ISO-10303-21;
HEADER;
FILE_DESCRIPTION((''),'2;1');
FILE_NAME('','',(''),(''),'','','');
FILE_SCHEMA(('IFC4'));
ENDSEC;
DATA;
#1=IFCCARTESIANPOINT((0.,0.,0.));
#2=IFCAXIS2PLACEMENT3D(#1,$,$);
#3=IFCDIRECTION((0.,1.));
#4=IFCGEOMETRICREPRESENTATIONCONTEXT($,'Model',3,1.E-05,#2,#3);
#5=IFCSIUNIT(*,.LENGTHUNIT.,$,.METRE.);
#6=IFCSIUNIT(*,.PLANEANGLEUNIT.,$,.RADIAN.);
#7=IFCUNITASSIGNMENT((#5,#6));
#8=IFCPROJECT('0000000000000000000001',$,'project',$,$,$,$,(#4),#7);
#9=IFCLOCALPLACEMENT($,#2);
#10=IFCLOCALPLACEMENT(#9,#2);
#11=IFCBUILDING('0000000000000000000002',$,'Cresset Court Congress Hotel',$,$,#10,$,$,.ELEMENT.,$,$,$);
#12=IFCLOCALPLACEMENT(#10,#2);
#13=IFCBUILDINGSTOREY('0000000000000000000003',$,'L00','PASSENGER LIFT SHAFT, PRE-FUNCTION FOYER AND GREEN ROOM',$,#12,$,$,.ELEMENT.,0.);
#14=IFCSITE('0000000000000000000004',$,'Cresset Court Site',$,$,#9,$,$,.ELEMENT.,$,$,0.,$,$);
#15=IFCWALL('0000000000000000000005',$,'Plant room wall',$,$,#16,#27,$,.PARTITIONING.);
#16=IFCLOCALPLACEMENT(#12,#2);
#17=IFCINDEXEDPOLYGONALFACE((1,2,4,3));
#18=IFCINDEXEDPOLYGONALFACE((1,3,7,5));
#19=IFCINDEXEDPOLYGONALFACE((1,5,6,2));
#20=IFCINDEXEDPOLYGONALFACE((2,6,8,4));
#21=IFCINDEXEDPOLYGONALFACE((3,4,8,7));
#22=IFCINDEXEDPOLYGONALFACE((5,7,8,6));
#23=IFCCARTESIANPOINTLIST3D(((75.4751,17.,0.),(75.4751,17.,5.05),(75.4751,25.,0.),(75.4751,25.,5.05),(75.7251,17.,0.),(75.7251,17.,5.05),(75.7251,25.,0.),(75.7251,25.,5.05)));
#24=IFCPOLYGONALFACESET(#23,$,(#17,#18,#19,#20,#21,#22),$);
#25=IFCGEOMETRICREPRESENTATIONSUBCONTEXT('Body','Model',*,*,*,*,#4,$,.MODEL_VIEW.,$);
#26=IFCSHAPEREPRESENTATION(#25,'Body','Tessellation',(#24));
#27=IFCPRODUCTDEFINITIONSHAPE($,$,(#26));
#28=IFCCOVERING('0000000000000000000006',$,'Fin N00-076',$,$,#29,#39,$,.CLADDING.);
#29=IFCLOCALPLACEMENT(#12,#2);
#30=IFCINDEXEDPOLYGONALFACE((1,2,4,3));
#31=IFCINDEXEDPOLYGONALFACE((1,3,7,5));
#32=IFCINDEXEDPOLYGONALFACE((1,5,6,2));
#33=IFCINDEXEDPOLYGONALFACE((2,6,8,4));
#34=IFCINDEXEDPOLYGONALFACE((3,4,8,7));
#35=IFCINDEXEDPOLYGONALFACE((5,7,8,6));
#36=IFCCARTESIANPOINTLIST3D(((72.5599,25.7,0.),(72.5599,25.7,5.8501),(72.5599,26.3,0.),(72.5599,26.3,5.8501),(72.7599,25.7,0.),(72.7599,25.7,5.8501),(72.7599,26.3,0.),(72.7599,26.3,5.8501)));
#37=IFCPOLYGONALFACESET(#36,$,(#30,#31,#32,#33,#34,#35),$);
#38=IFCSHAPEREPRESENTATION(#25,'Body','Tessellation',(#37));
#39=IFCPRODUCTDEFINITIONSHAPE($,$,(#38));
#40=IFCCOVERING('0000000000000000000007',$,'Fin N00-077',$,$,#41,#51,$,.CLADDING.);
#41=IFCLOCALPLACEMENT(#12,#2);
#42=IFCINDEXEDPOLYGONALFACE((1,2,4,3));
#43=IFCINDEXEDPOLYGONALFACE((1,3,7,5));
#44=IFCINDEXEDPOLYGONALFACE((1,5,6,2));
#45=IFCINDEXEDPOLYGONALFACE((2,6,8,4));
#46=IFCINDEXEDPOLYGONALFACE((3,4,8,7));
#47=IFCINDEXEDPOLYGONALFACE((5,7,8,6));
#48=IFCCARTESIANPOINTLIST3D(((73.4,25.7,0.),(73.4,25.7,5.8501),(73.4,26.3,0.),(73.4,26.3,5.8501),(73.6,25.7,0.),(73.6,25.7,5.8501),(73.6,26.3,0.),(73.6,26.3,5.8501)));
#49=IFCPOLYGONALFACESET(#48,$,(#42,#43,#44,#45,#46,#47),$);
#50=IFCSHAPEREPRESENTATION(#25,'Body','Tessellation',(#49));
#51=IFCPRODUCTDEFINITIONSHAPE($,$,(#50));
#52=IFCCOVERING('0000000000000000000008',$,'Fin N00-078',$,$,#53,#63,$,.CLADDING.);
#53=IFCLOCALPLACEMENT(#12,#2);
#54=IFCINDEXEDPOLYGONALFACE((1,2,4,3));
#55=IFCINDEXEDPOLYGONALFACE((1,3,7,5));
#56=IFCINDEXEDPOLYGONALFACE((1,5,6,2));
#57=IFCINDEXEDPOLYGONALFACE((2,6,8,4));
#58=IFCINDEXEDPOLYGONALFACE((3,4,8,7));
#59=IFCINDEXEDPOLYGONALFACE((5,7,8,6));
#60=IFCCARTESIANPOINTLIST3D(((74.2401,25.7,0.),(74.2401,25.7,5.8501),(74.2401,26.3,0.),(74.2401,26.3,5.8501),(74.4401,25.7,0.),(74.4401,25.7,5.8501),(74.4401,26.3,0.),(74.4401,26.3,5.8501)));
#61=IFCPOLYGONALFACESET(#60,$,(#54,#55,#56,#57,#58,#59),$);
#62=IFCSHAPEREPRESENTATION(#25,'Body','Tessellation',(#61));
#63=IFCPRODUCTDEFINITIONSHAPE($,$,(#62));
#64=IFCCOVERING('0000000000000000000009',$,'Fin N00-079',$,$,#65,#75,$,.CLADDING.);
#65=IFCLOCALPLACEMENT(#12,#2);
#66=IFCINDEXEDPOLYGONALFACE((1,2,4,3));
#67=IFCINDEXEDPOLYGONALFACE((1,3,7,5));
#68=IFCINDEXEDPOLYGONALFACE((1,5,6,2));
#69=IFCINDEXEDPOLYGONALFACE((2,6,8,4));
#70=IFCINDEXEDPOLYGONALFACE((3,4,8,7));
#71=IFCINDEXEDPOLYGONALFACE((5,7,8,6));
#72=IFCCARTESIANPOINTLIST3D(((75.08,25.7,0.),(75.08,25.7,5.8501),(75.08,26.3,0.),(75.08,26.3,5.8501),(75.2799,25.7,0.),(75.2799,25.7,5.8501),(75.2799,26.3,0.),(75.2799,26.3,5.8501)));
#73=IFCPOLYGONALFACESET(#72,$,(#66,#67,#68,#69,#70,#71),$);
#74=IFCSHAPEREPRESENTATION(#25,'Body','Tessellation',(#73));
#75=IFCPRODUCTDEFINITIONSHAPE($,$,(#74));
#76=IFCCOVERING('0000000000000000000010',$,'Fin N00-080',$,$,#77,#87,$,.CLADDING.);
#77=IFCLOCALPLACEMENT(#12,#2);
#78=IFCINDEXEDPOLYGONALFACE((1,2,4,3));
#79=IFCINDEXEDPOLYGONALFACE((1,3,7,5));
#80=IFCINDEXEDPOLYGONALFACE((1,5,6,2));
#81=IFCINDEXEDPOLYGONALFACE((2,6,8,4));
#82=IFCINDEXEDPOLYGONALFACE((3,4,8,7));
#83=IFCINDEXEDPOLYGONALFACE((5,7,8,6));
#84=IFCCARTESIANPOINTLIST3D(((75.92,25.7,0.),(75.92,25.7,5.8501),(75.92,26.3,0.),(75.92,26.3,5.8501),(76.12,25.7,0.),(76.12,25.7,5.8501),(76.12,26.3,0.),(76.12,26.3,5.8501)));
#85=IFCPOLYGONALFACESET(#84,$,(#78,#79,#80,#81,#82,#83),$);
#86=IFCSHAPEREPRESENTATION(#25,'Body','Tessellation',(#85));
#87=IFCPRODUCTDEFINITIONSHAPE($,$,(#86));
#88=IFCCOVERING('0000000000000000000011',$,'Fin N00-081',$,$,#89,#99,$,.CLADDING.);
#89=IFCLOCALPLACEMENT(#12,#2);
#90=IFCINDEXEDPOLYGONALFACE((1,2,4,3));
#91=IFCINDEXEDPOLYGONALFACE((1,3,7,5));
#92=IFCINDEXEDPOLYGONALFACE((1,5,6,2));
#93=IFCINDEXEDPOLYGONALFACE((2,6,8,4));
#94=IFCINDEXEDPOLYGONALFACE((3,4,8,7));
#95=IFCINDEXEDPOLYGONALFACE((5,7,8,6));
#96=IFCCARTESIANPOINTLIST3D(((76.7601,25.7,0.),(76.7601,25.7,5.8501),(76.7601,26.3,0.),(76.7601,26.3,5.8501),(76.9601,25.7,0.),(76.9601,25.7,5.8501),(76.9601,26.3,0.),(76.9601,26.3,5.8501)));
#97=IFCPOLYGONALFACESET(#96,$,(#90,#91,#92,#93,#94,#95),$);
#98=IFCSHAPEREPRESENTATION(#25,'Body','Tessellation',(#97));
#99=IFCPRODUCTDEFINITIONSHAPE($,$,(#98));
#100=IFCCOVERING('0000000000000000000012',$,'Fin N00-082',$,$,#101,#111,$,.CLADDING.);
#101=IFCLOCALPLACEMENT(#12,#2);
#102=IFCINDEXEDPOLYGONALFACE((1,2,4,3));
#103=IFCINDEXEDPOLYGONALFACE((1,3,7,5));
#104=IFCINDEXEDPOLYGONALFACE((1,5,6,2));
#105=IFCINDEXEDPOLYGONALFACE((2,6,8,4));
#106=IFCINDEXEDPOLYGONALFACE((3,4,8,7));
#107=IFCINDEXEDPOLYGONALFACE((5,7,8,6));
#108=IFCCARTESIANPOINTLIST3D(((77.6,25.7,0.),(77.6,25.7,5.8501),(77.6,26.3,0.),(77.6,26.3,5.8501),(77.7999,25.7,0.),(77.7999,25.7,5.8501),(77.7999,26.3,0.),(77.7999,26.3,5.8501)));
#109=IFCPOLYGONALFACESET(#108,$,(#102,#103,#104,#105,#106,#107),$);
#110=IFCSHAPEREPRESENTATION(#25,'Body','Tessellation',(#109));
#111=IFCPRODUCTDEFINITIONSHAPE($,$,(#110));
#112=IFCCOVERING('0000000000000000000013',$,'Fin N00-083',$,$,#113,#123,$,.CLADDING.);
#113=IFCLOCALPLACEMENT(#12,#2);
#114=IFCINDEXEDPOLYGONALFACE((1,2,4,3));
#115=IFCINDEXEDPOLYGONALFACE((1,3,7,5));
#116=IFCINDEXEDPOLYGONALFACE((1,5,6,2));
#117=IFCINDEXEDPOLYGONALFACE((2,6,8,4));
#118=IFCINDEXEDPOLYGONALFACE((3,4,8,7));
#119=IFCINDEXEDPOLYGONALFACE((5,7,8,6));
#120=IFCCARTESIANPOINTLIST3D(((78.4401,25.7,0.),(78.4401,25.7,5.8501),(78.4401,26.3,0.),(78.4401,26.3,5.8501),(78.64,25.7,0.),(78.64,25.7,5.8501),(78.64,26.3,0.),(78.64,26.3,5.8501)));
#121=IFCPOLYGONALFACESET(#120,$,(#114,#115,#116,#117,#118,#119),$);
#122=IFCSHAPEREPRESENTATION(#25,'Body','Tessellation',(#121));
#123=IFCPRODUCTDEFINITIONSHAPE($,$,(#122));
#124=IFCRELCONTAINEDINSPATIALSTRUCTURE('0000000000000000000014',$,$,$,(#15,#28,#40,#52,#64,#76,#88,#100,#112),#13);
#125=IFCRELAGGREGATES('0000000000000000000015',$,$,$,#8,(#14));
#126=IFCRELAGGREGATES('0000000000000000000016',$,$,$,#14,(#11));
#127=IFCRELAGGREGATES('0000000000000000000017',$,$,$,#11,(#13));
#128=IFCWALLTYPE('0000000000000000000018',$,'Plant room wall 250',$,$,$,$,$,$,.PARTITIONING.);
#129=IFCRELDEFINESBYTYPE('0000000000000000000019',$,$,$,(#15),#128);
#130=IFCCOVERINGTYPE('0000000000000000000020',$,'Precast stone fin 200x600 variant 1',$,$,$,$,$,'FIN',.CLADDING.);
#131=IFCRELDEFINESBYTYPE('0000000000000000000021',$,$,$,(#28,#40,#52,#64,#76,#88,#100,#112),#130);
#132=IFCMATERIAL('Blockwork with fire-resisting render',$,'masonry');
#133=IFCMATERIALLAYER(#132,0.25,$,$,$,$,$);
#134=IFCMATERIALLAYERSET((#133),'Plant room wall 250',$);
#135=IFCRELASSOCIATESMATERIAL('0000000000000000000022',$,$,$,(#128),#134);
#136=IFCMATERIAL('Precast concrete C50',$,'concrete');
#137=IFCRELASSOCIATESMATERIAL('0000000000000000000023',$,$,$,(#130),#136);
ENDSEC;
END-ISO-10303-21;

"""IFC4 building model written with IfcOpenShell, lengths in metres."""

from ifc_helpers import new_model, si_unit, direction, frame, frame_2d, origin, origin_2d, place, context, subcontext, project, spatial, rectangle, extrude, material, layer, layer_set, type_object, element, save


model = new_model("IFC4")

# Units and contexts
model_context = context("Model", 3, precision=1e-05, world=origin(), true_north=direction((0.0, 1.0)))
body_context = subcontext(model_context, "Body", "Model", "MODEL_VIEW")
ifc_project = project(units=[si_unit("LENGTHUNIT", "METRE"), si_unit("PLANEANGLEUNIT", "RADIAN")], contexts=[model_context])

# Site, building, storey
site_placement = place(None, origin())
site = spatial("IfcSite", under=ifc_project, at=site_placement, Name="Cresset Court Site", CompositionType="ELEMENT", RefElevation=0.0)
building_placement = place(site_placement, origin())
building = spatial("IfcBuilding", under=site, at=building_placement, Name="Cresset Court Congress Hotel", CompositionType="ELEMENT")
storey_placement = place(building_placement, origin())
storey = spatial("IfcBuildingStorey", under=building, at=storey_placement, Name="L00", Description="PASSENGER LIFT SHAFT, PRE-FUNCTION FOYER AND GREEN ROOM", CompositionType="ELEMENT", Elevation=0.0)

# Wall
ifc_material_1 = material(Name="Blockwork with fire-resisting render", Category="masonry")
ifc_layer_1 = layer(ifc_material_1, 0.25)
ifc_layer_set_1 = layer_set([ifc_layer_1], Name="Plant room wall 250")
wall_type_1 = type_object("IfcWallType", Name="Plant room wall 250", PredefinedType="PARTITIONING", material=ifc_layer_set_1)
wall_1_placement = place(storey_placement, frame((75.6001, 17.0, 0.0), z_axis=(0.0, 0.0, 1.0), x_axis=(0.0, 1.0, 0.0)))
element("IfcWall", 1, at=wall_1_placement, inside=storey, type_object=wall_type_1, Name="Plant room wall", PredefinedType="PARTITIONING", context=body_context, shape_type="SweptSolid", body=[
    extrude(rectangle(XDim=8.0, YDim=0.25, at=frame_2d((4.0, 0.0))), origin(), (0.0, 0.0, 1.0), 5.05),
])

# Coverings
ifc_material_2 = material(Name="Precast concrete C50", Category="concrete")
covering_type = type_object("IfcCoveringType", Name="Precast stone fin 200x600 variant 1", ElementType="FIN", PredefinedType="CLADDING", material=ifc_material_2)
for number, where, z_axis, x_axis, name in (
    (2, (72.6599, 26.0, 0.0), (0.0, 0.0, 1.0), (1.0, 0.0, 0.0), "Fin N00-076"),
    (3, (73.5, 26.0, 0.0), (0.0, 0.0, 1.0), (1.0, 0.0, 0.0), "Fin N00-077"),
    (4, (74.3401, 26.0, 0.0), (0.0, 0.0, 1.0), (1.0, 0.0, 0.0), "Fin N00-078"),
    (5, (75.1799, 26.0, 0.0), (0.0, 0.0, 1.0), (1.0, 0.0, 0.0), "Fin N00-079"),
    (6, (76.02, 26.0, 0.0), (0.0, 0.0, 1.0), (1.0, 0.0, 0.0), "Fin N00-080"),
    (7, (76.8601, 26.0, 0.0), (0.0, 0.0, 1.0), (1.0, 0.0, 0.0), "Fin N00-081"),
    (8, (77.7, 26.0, 0.0), (0.0, 0.0, 1.0), (1.0, 0.0, 0.0), "Fin N00-082"),
    (9, (78.54, 26.0, 0.0), (0.0, 0.0, 1.0), (1.0, 0.0, 0.0), "Fin N00-083"),
):
    element("IfcCovering", number, at=place(storey_placement, frame(where, z_axis=z_axis, x_axis=x_axis)), inside=storey, type_object=covering_type, Name=name, PredefinedType="CLADDING", context=body_context, shape_type="SweptSolid", body=[
        extrude(rectangle(XDim=0.2, YDim=0.6001, at=origin_2d()), origin(), (0.0, 0.0, 1.0), 5.8501),
    ])

save(model, "model.ifc")
